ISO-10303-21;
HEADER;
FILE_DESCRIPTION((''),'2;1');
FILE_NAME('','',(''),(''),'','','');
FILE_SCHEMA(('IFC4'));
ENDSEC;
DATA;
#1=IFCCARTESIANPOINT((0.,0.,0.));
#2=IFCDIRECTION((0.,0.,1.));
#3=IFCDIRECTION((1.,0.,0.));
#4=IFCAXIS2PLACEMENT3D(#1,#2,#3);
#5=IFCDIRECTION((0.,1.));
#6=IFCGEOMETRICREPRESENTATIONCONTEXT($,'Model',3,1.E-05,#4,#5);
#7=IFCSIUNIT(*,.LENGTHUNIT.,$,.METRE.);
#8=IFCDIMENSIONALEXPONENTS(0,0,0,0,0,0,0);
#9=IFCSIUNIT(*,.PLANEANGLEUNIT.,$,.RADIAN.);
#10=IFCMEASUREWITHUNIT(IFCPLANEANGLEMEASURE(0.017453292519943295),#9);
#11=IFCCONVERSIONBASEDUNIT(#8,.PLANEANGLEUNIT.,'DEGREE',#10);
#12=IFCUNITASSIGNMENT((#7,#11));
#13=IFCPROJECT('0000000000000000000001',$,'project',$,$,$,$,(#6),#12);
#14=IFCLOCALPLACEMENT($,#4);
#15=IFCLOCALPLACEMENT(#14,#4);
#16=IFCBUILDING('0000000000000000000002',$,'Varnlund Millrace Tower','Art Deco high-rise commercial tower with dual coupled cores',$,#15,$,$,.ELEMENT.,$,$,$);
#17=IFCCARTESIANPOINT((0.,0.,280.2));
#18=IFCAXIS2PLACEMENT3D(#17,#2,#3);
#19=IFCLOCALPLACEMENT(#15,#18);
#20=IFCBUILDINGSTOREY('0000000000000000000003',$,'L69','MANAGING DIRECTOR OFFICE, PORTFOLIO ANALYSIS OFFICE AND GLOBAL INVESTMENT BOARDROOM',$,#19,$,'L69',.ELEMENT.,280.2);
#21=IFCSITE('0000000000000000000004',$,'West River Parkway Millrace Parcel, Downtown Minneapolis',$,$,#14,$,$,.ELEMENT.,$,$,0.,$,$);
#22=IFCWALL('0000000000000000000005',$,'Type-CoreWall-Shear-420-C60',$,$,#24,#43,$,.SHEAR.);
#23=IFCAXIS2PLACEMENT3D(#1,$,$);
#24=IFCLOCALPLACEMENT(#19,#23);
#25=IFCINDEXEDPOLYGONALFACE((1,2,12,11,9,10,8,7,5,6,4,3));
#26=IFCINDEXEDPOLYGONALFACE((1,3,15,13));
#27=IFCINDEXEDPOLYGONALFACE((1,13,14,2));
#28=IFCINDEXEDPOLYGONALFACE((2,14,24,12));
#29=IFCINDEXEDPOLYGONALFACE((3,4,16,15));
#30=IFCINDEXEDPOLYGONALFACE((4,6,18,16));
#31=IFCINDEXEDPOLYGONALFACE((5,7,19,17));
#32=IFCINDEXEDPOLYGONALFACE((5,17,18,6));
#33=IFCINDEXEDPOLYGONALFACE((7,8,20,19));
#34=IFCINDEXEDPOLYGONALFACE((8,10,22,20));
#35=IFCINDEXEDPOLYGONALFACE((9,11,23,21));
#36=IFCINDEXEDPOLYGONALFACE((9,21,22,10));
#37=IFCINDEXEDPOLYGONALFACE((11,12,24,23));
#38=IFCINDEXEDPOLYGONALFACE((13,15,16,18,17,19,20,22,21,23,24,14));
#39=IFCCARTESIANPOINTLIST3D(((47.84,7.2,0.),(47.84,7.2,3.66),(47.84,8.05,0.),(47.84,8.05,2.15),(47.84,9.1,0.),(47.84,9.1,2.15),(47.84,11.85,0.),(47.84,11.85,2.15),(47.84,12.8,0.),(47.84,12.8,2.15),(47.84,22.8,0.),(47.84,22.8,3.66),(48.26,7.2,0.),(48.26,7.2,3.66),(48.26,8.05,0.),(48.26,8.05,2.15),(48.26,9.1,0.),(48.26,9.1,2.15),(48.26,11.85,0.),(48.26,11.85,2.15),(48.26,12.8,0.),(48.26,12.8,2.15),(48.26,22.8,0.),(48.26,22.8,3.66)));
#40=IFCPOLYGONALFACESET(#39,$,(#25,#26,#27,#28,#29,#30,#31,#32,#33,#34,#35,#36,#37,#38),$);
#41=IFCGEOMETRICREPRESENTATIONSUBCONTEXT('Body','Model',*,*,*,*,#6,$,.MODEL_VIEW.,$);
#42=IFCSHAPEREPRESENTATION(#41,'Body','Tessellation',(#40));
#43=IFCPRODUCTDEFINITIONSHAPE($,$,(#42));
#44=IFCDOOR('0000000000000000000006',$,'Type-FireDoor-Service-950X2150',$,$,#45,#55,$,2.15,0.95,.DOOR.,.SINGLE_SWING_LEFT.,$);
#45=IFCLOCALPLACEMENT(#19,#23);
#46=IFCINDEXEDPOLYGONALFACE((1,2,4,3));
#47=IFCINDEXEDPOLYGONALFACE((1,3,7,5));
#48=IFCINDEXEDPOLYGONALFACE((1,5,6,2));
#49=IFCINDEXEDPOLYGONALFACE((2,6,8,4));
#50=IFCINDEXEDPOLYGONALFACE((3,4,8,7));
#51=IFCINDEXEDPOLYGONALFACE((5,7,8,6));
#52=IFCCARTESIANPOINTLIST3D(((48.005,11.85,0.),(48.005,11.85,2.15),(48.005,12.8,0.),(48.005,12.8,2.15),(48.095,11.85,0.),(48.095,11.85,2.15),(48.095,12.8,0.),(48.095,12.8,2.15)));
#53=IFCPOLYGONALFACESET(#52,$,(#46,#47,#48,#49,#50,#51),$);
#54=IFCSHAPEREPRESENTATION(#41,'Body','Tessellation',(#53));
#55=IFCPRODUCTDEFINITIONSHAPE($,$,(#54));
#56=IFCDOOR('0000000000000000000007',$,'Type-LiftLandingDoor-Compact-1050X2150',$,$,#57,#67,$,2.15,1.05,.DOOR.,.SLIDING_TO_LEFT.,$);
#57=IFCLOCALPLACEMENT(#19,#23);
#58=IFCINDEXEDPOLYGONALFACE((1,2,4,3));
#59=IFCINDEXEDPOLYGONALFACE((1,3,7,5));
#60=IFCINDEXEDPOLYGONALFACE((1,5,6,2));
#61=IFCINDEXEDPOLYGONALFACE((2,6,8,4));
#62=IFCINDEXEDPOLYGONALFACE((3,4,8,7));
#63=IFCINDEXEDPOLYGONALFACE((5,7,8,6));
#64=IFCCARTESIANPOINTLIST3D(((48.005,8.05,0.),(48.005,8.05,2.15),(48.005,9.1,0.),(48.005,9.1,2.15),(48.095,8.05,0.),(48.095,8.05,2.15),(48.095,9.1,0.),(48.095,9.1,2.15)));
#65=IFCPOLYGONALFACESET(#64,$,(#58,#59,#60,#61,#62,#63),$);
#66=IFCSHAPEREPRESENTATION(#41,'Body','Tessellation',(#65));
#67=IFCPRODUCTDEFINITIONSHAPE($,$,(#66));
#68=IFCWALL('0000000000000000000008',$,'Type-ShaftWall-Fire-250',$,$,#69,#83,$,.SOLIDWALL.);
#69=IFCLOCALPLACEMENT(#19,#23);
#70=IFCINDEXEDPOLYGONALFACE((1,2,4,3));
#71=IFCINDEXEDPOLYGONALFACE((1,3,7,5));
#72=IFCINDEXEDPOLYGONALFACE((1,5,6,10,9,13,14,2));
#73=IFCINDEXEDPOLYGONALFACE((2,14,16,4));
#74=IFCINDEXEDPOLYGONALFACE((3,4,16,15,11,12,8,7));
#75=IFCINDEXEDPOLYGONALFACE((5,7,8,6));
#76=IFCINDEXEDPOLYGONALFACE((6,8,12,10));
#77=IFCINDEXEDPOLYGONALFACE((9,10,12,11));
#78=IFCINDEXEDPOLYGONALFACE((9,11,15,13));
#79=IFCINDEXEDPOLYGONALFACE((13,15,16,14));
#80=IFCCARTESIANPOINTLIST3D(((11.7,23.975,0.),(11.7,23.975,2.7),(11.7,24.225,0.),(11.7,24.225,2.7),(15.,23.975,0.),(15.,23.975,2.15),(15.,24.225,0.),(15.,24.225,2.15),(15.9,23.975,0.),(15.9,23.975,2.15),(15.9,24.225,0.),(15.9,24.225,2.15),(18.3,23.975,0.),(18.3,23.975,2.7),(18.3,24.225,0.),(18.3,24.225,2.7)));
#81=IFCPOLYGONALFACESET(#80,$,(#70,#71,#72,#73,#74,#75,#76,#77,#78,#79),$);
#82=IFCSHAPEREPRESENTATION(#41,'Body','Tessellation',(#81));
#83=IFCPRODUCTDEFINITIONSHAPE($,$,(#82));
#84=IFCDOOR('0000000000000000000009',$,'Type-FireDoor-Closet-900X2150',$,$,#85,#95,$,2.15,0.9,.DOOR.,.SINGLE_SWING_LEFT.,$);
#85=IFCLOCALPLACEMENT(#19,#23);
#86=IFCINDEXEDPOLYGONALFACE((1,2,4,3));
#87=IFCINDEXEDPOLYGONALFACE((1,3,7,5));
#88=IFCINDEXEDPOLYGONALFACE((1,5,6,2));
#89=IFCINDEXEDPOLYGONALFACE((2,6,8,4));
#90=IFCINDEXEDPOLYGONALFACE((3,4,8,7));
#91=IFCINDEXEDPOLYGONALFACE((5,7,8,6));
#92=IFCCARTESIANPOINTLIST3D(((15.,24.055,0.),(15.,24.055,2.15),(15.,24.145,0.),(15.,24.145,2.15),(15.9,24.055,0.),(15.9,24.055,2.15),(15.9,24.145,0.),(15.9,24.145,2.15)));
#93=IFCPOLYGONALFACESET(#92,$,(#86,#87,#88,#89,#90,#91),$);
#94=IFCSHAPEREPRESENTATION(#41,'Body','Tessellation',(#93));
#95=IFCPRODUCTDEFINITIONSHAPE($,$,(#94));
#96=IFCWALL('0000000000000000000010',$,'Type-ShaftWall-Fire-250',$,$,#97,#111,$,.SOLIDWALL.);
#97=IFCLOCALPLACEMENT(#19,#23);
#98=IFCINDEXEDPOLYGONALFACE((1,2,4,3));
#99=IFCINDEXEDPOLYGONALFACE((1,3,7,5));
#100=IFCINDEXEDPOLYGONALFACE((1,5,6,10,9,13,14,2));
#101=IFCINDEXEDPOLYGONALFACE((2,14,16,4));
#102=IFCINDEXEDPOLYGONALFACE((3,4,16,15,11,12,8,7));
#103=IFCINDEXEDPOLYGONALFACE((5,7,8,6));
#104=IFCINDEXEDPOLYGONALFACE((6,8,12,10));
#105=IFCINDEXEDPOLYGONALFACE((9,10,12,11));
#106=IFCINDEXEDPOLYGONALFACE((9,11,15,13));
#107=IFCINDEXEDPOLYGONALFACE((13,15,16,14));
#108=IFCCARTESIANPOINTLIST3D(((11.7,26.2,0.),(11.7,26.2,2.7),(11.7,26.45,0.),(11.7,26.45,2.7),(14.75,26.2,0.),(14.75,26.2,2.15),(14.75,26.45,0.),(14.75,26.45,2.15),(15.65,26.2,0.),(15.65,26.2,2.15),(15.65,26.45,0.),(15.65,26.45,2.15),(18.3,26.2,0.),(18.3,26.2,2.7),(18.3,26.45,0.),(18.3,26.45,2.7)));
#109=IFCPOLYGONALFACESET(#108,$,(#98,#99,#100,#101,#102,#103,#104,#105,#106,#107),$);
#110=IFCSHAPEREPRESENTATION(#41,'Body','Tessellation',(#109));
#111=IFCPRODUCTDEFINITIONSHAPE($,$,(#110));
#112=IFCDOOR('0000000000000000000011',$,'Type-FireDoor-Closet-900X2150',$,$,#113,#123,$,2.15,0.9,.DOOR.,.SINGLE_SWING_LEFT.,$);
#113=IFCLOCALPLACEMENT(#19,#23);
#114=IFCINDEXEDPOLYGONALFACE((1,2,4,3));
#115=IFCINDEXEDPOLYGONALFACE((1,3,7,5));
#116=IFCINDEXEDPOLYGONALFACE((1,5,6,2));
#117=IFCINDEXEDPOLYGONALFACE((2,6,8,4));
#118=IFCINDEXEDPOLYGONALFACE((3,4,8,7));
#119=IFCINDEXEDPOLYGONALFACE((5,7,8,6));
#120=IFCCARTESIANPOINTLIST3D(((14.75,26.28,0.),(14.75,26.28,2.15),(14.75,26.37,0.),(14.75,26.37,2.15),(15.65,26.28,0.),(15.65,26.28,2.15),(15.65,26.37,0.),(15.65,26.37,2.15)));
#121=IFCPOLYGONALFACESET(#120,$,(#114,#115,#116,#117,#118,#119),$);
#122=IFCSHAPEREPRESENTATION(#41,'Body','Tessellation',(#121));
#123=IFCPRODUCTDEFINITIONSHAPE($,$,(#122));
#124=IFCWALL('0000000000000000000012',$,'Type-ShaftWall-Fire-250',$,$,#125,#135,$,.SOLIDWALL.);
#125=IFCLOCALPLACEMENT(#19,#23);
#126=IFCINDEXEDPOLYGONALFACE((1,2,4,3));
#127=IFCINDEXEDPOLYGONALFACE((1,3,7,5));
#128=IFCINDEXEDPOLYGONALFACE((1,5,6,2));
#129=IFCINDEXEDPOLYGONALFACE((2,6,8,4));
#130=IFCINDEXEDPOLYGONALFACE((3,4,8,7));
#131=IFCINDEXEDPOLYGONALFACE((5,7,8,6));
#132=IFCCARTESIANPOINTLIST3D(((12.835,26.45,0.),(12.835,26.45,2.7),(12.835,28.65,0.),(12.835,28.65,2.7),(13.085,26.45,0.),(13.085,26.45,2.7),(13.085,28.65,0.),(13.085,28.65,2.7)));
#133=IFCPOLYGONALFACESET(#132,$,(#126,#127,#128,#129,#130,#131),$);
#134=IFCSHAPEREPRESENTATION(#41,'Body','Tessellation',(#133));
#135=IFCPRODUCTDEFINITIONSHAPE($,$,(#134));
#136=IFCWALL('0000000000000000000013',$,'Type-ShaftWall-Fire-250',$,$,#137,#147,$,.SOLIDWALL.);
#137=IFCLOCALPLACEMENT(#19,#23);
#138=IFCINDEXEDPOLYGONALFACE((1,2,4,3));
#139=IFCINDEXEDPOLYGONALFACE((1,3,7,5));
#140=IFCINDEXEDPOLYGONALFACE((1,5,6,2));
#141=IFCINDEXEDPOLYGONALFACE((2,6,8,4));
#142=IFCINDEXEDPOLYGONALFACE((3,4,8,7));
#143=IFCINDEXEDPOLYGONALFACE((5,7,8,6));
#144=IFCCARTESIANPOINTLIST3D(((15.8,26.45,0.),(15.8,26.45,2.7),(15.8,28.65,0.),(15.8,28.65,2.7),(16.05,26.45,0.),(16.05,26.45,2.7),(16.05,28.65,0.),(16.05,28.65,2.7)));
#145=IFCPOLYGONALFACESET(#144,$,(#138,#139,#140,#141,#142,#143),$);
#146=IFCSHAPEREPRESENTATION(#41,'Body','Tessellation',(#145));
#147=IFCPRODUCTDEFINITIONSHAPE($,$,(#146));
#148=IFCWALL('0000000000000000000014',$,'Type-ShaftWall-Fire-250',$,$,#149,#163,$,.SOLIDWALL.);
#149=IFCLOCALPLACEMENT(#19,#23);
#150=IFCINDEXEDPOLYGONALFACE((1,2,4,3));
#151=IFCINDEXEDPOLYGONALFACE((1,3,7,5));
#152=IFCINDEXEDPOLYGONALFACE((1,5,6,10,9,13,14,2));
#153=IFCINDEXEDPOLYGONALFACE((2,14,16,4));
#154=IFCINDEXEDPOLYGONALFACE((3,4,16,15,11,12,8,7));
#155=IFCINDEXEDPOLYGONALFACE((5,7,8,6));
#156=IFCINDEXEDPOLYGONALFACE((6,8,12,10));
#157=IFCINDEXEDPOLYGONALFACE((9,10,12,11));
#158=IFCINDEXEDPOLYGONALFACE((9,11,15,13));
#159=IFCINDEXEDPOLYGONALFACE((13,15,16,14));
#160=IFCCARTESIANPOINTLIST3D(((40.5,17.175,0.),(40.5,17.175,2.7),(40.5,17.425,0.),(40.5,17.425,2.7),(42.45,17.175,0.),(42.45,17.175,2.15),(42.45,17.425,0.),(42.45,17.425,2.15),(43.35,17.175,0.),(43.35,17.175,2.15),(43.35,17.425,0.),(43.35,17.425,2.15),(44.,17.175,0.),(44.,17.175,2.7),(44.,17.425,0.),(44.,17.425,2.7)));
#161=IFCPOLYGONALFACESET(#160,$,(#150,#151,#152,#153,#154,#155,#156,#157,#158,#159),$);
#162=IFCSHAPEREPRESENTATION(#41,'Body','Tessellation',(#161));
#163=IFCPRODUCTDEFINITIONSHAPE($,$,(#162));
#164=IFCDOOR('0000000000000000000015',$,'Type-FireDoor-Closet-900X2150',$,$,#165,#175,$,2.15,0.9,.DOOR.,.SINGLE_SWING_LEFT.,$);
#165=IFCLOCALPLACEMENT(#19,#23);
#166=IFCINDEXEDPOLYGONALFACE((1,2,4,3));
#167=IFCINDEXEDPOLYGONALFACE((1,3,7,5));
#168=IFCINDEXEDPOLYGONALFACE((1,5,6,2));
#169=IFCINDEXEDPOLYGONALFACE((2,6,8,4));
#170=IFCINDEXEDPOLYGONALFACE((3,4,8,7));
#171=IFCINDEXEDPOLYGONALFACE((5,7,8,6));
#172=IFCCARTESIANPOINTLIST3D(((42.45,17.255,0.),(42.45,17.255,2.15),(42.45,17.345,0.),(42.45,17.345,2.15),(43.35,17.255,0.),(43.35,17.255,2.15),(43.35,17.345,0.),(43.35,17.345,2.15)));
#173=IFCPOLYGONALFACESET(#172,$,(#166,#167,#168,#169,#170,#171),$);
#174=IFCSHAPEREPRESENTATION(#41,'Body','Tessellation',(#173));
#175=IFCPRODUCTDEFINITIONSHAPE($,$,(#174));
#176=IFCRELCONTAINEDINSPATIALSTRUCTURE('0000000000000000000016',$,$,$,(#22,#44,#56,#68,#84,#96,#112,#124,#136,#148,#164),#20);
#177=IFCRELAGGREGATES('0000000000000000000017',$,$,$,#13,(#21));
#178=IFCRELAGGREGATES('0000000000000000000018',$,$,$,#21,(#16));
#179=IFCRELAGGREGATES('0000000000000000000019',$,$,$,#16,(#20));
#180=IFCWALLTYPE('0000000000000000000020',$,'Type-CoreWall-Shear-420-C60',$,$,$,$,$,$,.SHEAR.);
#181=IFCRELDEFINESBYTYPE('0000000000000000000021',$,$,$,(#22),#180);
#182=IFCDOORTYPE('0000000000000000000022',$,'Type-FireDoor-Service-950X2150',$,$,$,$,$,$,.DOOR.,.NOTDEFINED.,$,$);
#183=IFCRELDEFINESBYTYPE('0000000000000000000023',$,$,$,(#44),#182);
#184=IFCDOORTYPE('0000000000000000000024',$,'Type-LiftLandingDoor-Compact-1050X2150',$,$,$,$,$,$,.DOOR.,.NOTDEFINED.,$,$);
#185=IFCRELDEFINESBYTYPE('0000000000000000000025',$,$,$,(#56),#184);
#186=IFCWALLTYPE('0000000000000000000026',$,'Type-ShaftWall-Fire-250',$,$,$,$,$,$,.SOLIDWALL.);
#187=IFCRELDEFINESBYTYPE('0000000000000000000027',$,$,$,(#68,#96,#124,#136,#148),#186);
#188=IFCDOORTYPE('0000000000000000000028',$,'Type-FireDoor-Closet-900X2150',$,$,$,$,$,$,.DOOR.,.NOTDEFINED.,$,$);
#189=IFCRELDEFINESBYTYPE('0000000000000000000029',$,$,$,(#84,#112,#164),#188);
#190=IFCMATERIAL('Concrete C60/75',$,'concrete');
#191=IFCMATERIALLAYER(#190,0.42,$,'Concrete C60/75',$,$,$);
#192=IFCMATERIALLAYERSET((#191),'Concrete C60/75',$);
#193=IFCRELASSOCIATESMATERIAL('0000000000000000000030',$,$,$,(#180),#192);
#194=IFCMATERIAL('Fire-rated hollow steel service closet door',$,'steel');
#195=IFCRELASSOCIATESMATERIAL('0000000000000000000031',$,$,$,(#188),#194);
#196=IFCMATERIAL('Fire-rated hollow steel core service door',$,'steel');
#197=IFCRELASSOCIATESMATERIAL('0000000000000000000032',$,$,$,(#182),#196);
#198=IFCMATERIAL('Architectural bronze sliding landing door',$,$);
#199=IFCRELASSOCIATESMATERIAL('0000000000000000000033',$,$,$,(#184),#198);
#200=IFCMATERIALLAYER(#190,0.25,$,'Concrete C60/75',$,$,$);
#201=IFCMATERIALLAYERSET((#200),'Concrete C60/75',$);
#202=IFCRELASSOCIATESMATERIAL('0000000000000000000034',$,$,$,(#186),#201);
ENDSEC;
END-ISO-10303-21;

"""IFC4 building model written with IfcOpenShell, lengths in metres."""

from ifc_helpers import new_model, entity, si_unit, converted_unit, direction, frame, origin_with_axes, origin_2d_with_axis, place, context, subcontext, project, spatial, polyline, rectangle, outline, extrude, material, layer, layer_set, type_object, element, fill, save


model = new_model("IFC4")

# Units and contexts
model_context = context("Model", 3, precision=1e-05, world=origin_with_axes(), true_north=direction((0.0, 1.0)))
body_context = subcontext(model_context, "Body", "Model", "MODEL_VIEW")
ifc_project = project(units=[si_unit("LENGTHUNIT", "METRE"), converted_unit("PLANEANGLEUNIT", "DEGREE", entity("IfcPlaneAngleMeasure", 0.017453292519943295), si_unit("PLANEANGLEUNIT", "RADIAN"), dimensions=[0, 0, 0, 0, 0, 0, 0])], contexts=[model_context])

# Site, building, storey
site_placement = place(None, origin_with_axes())
site = spatial("IfcSite", under=ifc_project, at=site_placement, Name="West River Parkway Millrace Parcel, Downtown Minneapolis", CompositionType="ELEMENT", RefElevation=0.0)
building_placement = place(site_placement, origin_with_axes())
building = spatial("IfcBuilding", under=site, at=building_placement, Name="Varnlund Millrace Tower", Description="Art Deco high-rise commercial tower with dual coupled cores", CompositionType="ELEMENT")
storey_placement = place(building_placement, frame((0.0, 0.0, 280.2), z_axis=(0.0, 0.0, 1.0), x_axis=(1.0, 0.0, 0.0)))
storey = spatial("IfcBuildingStorey", under=building, at=storey_placement, Name="L69", Description="MANAGING DIRECTOR OFFICE, PORTFOLIO ANALYSIS OFFICE AND GLOBAL INVESTMENT BOARDROOM", LongName="L69", CompositionType="ELEMENT", Elevation=280.2)

# Shared definitions
ifc_material_1 = material(Name="Concrete C60/75", Category="concrete")
ifc_layer_1 = layer(ifc_material_1, 0.42, Name="Concrete C60/75")
ifc_layer_set_1 = layer_set([ifc_layer_1], Name="Concrete C60/75")
wall_type_1 = type_object("IfcWallType", Name="Type-CoreWall-Shear-420-C60", PredefinedType="SHEAR", material=ifc_layer_set_1)
ifc_material_2 = material(Name="Fire-rated hollow steel service closet door", Category="steel")
door_type_1 = type_object("IfcDoorType", Name="Type-FireDoor-Closet-900X2150", OperationType="NOTDEFINED", PredefinedType="DOOR", material=ifc_material_2)

# Wall, openings, doors
wall_1_placement = place(storey_placement, frame((48.05, 7.2, 0.0), z_axis=(0.0, 0.0, 1.0), x_axis=(0.0, 1.0, 0.0)))
wall_1 = element("IfcWall", 1, at=wall_1_placement, inside=storey, type_object=wall_type_1, Name="Type-CoreWall-Shear-420-C60", PredefinedType="SHEAR", context=body_context, shape_type="SweptSolid", body=[
    extrude(outline(polyline([(0.0, -0.21), (15.6, -0.21), (15.6, 0.21), (0.0, 0.21), (0.0, -0.21)])), origin_with_axes(), (0.0, 0.0, 1.0), 3.66),
])
opening_1_placement = place(wall_1_placement, frame((1.375, 0.0, 0.0), z_axis=(0.0, 0.0, 1.0), x_axis=(1.0, 0.0, 0.0)))
opening_1 = element("IfcOpeningElement", 2, at=opening_1_placement, cuts=wall_1, PredefinedType="OPENING", context=body_context, shape_type="SweptSolid", body=[
    extrude(rectangle(XDim=1.05, YDim=0.44, at=origin_2d_with_axis()), origin_with_axes(), (0.0, 0.0, 1.0), 2.15),
])
opening_2_placement = place(wall_1_placement, frame((5.125, 0.0, 0.0), z_axis=(0.0, 0.0, 1.0), x_axis=(1.0, 0.0, 0.0)))
opening_2 = element("IfcOpeningElement", 3, at=opening_2_placement, cuts=wall_1, PredefinedType="OPENING", context=body_context, shape_type="SweptSolid", body=[
    extrude(rectangle(XDim=0.95, YDim=0.44, at=origin_2d_with_axis()), origin_with_axes(), (0.0, 0.0, 1.0), 2.15),
])
ifc_material_3 = material(Name="Fire-rated hollow steel core service door", Category="steel")
door_type_2 = type_object("IfcDoorType", Name="Type-FireDoor-Service-950X2150", OperationType="NOTDEFINED", PredefinedType="DOOR", material=ifc_material_3)
door_1_placement = place(wall_1_placement, frame((5.125, 0.0, 0.0), z_axis=(0.0, 0.0, 1.0), x_axis=(1.0, 0.0, 0.0)))
door_1 = element("IfcDoor", 4, at=door_1_placement, inside=storey, type_object=door_type_2, Name="Type-FireDoor-Service-950X2150", OperationType="SINGLE_SWING_LEFT", OverallHeight=2.15, OverallWidth=0.95, PredefinedType="DOOR", context=body_context, shape_type="SweptSolid", body=[
    extrude(rectangle(XDim=0.95, YDim=0.09, at=origin_2d_with_axis()), origin_with_axes(), (0.0, 0.0, 1.0), 2.15),
])
fill(opening_2, door_1)
ifc_material_4 = material(Name="Architectural bronze sliding landing door")
door_type_3 = type_object("IfcDoorType", Name="Type-LiftLandingDoor-Compact-1050X2150", OperationType="NOTDEFINED", PredefinedType="DOOR", material=ifc_material_4)
door_2_placement = place(wall_1_placement, frame((1.375, 0.0, 0.0), z_axis=(0.0, 0.0, 1.0), x_axis=(1.0, 0.0, 0.0)))
door_2 = element("IfcDoor", 5, at=door_2_placement, inside=storey, type_object=door_type_3, Name="Type-LiftLandingDoor-Compact-1050X2150", OperationType="SLIDING_TO_LEFT", OverallHeight=2.15, OverallWidth=1.05, PredefinedType="DOOR", context=body_context, shape_type="SweptSolid", body=[
    extrude(rectangle(XDim=1.05, YDim=0.09, at=origin_2d_with_axis()), origin_with_axes(), (0.0, 0.0, 1.0), 2.15),
])
fill(opening_1, door_2)

# Walls, openings, doors
ifc_layer_2 = layer(ifc_material_1, 0.25, Name="Concrete C60/75")
ifc_layer_set_2 = layer_set([ifc_layer_2], Name="Concrete C60/75")
wall_type_2 = type_object("IfcWallType", Name="Type-ShaftWall-Fire-250", PredefinedType="SOLIDWALL", material=ifc_layer_set_2)
wall_2_placement = place(storey_placement, frame((11.7, 24.1, 0.0), z_axis=(0.0, 0.0, 1.0), x_axis=(1.0, 0.0, 0.0)))
wall_2 = element("IfcWall", 6, at=wall_2_placement, inside=storey, type_object=wall_type_2, Name="Type-ShaftWall-Fire-250", PredefinedType="SOLIDWALL", context=body_context, shape_type="SweptSolid", body=[
    extrude(outline(polyline([(0.0, -0.125), (6.6, -0.125), (6.6, 0.125), (0.0, 0.125), (0.0, -0.125)])), origin_with_axes(), (0.0, 0.0, 1.0), 2.7),
])
opening_3_placement = place(wall_2_placement, frame((3.75, 0.0, 0.0), z_axis=(0.0, 0.0, 1.0), x_axis=(1.0, 0.0, 0.0)))
opening_3 = element("IfcOpeningElement", 7, at=opening_3_placement, cuts=wall_2, PredefinedType="OPENING", context=body_context, shape_type="SweptSolid", body=[
    extrude(rectangle(XDim=0.9, YDim=0.27, at=origin_2d_with_axis()), origin_with_axes(), (0.0, 0.0, 1.0), 2.15),
])
door_3_placement = place(wall_2_placement, frame((3.75, 0.0, 0.0), z_axis=(0.0, 0.0, 1.0), x_axis=(1.0, 0.0, 0.0)))
door_3 = element("IfcDoor", 8, at=door_3_placement, inside=storey, type_object=door_type_1, Name="Type-FireDoor-Closet-900X2150", OperationType="SINGLE_SWING_LEFT", OverallHeight=2.15, OverallWidth=0.9, PredefinedType="DOOR", context=body_context, shape_type="SweptSolid", body=[
    extrude(rectangle(XDim=0.9, YDim=0.09, at=origin_2d_with_axis()), origin_with_axes(), (0.0, 0.0, 1.0), 2.15),
])
fill(opening_3, door_3)
wall_3_placement = place(storey_placement, frame((11.7, 26.325, 0.0), z_axis=(0.0, 0.0, 1.0), x_axis=(1.0, 0.0, 0.0)))
wall_3 = element("IfcWall", 9, at=wall_3_placement, inside=storey, type_object=wall_type_2, Name="Type-ShaftWall-Fire-250", PredefinedType="SOLIDWALL", context=body_context, shape_type="SweptSolid", body=[
    extrude(outline(polyline([(0.0, -0.125), (6.6, -0.125), (6.6, 0.125), (0.0, 0.125), (0.0, -0.125)])), origin_with_axes(), (0.0, 0.0, 1.0), 2.7),
])
opening_4_placement = place(wall_3_placement, frame((3.5, 0.0, 0.0), z_axis=(0.0, 0.0, 1.0), x_axis=(1.0, 0.0, 0.0)))
opening_4 = element("IfcOpeningElement", 10, at=opening_4_placement, cuts=wall_3, PredefinedType="OPENING", context=body_context, shape_type="SweptSolid", body=[
    extrude(rectangle(XDim=0.9, YDim=0.27, at=origin_2d_with_axis()), origin_with_axes(), (0.0, 0.0, 1.0), 2.15),
])
door_4_placement = place(wall_3_placement, frame((3.5, 0.0, 0.0), z_axis=(0.0, 0.0, 1.0), x_axis=(1.0, 0.0, 0.0)))
door_4 = element("IfcDoor", 11, at=door_4_placement, inside=storey, type_object=door_type_1, Name="Type-FireDoor-Closet-900X2150", OperationType="SINGLE_SWING_LEFT", OverallHeight=2.15, OverallWidth=0.9, PredefinedType="DOOR", context=body_context, shape_type="SweptSolid", body=[
    extrude(rectangle(XDim=0.9, YDim=0.09, at=origin_2d_with_axis()), origin_with_axes(), (0.0, 0.0, 1.0), 2.15),
])
fill(opening_4, door_4)

# Walls
for number, where, z_axis, x_axis, name in (
    (12, (12.96, 26.45, 0.0), (0.0, 0.0, 1.0), (0.0, 1.0, 0.0), "Type-ShaftWall-Fire-250"),
    (13, (15.925, 26.45, 0.0), (0.0, 0.0, 1.0), (0.0, 1.0, 0.0), "Type-ShaftWall-Fire-250"),
):
    element("IfcWall", number, at=place(storey_placement, frame(where, z_axis=z_axis, x_axis=x_axis)), inside=storey, type_object=wall_type_2, Name=name, PredefinedType="SOLIDWALL", context=body_context, shape_type="SweptSolid", body=[
        extrude(outline(polyline([(0.0, -0.125), (2.2, -0.125), (2.2, 0.125), (0.0, 0.125), (0.0, -0.125)])), origin_with_axes(), (0.0, 0.0, 1.0), 2.7),
    ])

# Wall, opening, door
wall_4_placement = place(storey_placement, frame((40.5, 17.3, 0.0), z_axis=(0.0, 0.0, 1.0), x_axis=(1.0, 0.0, 0.0)))
wall_4 = element("IfcWall", 14, at=wall_4_placement, inside=storey, type_object=wall_type_2, Name="Type-ShaftWall-Fire-250", PredefinedType="SOLIDWALL", context=body_context, shape_type="SweptSolid", body=[
    extrude(outline(polyline([(0.0, -0.125), (3.5, -0.125), (3.5, 0.125), (0.0, 0.125), (0.0, -0.125)])), origin_with_axes(), (0.0, 0.0, 1.0), 2.7),
])
opening_5_placement = place(wall_4_placement, frame((2.4, 0.0, 0.0), z_axis=(0.0, 0.0, 1.0), x_axis=(1.0, 0.0, 0.0)))
opening_5 = element("IfcOpeningElement", 15, at=opening_5_placement, cuts=wall_4, PredefinedType="OPENING", context=body_context, shape_type="SweptSolid", body=[
    extrude(rectangle(XDim=0.9, YDim=0.27, at=origin_2d_with_axis()), origin_with_axes(), (0.0, 0.0, 1.0), 2.15),
])
door_5_placement = place(wall_4_placement, frame((2.4, 0.0, 0.0), z_axis=(0.0, 0.0, 1.0), x_axis=(1.0, 0.0, 0.0)))
door_5 = element("IfcDoor", 16, at=door_5_placement, inside=storey, type_object=door_type_1, Name="Type-FireDoor-Closet-900X2150", OperationType="SINGLE_SWING_LEFT", OverallHeight=2.15, OverallWidth=0.9, PredefinedType="DOOR", context=body_context, shape_type="SweptSolid", body=[
    extrude(rectangle(XDim=0.9, YDim=0.09, at=origin_2d_with_axis()), origin_with_axes(), (0.0, 0.0, 1.0), 2.15),
])
fill(opening_5, door_5)

save(model, "model.ifc")
